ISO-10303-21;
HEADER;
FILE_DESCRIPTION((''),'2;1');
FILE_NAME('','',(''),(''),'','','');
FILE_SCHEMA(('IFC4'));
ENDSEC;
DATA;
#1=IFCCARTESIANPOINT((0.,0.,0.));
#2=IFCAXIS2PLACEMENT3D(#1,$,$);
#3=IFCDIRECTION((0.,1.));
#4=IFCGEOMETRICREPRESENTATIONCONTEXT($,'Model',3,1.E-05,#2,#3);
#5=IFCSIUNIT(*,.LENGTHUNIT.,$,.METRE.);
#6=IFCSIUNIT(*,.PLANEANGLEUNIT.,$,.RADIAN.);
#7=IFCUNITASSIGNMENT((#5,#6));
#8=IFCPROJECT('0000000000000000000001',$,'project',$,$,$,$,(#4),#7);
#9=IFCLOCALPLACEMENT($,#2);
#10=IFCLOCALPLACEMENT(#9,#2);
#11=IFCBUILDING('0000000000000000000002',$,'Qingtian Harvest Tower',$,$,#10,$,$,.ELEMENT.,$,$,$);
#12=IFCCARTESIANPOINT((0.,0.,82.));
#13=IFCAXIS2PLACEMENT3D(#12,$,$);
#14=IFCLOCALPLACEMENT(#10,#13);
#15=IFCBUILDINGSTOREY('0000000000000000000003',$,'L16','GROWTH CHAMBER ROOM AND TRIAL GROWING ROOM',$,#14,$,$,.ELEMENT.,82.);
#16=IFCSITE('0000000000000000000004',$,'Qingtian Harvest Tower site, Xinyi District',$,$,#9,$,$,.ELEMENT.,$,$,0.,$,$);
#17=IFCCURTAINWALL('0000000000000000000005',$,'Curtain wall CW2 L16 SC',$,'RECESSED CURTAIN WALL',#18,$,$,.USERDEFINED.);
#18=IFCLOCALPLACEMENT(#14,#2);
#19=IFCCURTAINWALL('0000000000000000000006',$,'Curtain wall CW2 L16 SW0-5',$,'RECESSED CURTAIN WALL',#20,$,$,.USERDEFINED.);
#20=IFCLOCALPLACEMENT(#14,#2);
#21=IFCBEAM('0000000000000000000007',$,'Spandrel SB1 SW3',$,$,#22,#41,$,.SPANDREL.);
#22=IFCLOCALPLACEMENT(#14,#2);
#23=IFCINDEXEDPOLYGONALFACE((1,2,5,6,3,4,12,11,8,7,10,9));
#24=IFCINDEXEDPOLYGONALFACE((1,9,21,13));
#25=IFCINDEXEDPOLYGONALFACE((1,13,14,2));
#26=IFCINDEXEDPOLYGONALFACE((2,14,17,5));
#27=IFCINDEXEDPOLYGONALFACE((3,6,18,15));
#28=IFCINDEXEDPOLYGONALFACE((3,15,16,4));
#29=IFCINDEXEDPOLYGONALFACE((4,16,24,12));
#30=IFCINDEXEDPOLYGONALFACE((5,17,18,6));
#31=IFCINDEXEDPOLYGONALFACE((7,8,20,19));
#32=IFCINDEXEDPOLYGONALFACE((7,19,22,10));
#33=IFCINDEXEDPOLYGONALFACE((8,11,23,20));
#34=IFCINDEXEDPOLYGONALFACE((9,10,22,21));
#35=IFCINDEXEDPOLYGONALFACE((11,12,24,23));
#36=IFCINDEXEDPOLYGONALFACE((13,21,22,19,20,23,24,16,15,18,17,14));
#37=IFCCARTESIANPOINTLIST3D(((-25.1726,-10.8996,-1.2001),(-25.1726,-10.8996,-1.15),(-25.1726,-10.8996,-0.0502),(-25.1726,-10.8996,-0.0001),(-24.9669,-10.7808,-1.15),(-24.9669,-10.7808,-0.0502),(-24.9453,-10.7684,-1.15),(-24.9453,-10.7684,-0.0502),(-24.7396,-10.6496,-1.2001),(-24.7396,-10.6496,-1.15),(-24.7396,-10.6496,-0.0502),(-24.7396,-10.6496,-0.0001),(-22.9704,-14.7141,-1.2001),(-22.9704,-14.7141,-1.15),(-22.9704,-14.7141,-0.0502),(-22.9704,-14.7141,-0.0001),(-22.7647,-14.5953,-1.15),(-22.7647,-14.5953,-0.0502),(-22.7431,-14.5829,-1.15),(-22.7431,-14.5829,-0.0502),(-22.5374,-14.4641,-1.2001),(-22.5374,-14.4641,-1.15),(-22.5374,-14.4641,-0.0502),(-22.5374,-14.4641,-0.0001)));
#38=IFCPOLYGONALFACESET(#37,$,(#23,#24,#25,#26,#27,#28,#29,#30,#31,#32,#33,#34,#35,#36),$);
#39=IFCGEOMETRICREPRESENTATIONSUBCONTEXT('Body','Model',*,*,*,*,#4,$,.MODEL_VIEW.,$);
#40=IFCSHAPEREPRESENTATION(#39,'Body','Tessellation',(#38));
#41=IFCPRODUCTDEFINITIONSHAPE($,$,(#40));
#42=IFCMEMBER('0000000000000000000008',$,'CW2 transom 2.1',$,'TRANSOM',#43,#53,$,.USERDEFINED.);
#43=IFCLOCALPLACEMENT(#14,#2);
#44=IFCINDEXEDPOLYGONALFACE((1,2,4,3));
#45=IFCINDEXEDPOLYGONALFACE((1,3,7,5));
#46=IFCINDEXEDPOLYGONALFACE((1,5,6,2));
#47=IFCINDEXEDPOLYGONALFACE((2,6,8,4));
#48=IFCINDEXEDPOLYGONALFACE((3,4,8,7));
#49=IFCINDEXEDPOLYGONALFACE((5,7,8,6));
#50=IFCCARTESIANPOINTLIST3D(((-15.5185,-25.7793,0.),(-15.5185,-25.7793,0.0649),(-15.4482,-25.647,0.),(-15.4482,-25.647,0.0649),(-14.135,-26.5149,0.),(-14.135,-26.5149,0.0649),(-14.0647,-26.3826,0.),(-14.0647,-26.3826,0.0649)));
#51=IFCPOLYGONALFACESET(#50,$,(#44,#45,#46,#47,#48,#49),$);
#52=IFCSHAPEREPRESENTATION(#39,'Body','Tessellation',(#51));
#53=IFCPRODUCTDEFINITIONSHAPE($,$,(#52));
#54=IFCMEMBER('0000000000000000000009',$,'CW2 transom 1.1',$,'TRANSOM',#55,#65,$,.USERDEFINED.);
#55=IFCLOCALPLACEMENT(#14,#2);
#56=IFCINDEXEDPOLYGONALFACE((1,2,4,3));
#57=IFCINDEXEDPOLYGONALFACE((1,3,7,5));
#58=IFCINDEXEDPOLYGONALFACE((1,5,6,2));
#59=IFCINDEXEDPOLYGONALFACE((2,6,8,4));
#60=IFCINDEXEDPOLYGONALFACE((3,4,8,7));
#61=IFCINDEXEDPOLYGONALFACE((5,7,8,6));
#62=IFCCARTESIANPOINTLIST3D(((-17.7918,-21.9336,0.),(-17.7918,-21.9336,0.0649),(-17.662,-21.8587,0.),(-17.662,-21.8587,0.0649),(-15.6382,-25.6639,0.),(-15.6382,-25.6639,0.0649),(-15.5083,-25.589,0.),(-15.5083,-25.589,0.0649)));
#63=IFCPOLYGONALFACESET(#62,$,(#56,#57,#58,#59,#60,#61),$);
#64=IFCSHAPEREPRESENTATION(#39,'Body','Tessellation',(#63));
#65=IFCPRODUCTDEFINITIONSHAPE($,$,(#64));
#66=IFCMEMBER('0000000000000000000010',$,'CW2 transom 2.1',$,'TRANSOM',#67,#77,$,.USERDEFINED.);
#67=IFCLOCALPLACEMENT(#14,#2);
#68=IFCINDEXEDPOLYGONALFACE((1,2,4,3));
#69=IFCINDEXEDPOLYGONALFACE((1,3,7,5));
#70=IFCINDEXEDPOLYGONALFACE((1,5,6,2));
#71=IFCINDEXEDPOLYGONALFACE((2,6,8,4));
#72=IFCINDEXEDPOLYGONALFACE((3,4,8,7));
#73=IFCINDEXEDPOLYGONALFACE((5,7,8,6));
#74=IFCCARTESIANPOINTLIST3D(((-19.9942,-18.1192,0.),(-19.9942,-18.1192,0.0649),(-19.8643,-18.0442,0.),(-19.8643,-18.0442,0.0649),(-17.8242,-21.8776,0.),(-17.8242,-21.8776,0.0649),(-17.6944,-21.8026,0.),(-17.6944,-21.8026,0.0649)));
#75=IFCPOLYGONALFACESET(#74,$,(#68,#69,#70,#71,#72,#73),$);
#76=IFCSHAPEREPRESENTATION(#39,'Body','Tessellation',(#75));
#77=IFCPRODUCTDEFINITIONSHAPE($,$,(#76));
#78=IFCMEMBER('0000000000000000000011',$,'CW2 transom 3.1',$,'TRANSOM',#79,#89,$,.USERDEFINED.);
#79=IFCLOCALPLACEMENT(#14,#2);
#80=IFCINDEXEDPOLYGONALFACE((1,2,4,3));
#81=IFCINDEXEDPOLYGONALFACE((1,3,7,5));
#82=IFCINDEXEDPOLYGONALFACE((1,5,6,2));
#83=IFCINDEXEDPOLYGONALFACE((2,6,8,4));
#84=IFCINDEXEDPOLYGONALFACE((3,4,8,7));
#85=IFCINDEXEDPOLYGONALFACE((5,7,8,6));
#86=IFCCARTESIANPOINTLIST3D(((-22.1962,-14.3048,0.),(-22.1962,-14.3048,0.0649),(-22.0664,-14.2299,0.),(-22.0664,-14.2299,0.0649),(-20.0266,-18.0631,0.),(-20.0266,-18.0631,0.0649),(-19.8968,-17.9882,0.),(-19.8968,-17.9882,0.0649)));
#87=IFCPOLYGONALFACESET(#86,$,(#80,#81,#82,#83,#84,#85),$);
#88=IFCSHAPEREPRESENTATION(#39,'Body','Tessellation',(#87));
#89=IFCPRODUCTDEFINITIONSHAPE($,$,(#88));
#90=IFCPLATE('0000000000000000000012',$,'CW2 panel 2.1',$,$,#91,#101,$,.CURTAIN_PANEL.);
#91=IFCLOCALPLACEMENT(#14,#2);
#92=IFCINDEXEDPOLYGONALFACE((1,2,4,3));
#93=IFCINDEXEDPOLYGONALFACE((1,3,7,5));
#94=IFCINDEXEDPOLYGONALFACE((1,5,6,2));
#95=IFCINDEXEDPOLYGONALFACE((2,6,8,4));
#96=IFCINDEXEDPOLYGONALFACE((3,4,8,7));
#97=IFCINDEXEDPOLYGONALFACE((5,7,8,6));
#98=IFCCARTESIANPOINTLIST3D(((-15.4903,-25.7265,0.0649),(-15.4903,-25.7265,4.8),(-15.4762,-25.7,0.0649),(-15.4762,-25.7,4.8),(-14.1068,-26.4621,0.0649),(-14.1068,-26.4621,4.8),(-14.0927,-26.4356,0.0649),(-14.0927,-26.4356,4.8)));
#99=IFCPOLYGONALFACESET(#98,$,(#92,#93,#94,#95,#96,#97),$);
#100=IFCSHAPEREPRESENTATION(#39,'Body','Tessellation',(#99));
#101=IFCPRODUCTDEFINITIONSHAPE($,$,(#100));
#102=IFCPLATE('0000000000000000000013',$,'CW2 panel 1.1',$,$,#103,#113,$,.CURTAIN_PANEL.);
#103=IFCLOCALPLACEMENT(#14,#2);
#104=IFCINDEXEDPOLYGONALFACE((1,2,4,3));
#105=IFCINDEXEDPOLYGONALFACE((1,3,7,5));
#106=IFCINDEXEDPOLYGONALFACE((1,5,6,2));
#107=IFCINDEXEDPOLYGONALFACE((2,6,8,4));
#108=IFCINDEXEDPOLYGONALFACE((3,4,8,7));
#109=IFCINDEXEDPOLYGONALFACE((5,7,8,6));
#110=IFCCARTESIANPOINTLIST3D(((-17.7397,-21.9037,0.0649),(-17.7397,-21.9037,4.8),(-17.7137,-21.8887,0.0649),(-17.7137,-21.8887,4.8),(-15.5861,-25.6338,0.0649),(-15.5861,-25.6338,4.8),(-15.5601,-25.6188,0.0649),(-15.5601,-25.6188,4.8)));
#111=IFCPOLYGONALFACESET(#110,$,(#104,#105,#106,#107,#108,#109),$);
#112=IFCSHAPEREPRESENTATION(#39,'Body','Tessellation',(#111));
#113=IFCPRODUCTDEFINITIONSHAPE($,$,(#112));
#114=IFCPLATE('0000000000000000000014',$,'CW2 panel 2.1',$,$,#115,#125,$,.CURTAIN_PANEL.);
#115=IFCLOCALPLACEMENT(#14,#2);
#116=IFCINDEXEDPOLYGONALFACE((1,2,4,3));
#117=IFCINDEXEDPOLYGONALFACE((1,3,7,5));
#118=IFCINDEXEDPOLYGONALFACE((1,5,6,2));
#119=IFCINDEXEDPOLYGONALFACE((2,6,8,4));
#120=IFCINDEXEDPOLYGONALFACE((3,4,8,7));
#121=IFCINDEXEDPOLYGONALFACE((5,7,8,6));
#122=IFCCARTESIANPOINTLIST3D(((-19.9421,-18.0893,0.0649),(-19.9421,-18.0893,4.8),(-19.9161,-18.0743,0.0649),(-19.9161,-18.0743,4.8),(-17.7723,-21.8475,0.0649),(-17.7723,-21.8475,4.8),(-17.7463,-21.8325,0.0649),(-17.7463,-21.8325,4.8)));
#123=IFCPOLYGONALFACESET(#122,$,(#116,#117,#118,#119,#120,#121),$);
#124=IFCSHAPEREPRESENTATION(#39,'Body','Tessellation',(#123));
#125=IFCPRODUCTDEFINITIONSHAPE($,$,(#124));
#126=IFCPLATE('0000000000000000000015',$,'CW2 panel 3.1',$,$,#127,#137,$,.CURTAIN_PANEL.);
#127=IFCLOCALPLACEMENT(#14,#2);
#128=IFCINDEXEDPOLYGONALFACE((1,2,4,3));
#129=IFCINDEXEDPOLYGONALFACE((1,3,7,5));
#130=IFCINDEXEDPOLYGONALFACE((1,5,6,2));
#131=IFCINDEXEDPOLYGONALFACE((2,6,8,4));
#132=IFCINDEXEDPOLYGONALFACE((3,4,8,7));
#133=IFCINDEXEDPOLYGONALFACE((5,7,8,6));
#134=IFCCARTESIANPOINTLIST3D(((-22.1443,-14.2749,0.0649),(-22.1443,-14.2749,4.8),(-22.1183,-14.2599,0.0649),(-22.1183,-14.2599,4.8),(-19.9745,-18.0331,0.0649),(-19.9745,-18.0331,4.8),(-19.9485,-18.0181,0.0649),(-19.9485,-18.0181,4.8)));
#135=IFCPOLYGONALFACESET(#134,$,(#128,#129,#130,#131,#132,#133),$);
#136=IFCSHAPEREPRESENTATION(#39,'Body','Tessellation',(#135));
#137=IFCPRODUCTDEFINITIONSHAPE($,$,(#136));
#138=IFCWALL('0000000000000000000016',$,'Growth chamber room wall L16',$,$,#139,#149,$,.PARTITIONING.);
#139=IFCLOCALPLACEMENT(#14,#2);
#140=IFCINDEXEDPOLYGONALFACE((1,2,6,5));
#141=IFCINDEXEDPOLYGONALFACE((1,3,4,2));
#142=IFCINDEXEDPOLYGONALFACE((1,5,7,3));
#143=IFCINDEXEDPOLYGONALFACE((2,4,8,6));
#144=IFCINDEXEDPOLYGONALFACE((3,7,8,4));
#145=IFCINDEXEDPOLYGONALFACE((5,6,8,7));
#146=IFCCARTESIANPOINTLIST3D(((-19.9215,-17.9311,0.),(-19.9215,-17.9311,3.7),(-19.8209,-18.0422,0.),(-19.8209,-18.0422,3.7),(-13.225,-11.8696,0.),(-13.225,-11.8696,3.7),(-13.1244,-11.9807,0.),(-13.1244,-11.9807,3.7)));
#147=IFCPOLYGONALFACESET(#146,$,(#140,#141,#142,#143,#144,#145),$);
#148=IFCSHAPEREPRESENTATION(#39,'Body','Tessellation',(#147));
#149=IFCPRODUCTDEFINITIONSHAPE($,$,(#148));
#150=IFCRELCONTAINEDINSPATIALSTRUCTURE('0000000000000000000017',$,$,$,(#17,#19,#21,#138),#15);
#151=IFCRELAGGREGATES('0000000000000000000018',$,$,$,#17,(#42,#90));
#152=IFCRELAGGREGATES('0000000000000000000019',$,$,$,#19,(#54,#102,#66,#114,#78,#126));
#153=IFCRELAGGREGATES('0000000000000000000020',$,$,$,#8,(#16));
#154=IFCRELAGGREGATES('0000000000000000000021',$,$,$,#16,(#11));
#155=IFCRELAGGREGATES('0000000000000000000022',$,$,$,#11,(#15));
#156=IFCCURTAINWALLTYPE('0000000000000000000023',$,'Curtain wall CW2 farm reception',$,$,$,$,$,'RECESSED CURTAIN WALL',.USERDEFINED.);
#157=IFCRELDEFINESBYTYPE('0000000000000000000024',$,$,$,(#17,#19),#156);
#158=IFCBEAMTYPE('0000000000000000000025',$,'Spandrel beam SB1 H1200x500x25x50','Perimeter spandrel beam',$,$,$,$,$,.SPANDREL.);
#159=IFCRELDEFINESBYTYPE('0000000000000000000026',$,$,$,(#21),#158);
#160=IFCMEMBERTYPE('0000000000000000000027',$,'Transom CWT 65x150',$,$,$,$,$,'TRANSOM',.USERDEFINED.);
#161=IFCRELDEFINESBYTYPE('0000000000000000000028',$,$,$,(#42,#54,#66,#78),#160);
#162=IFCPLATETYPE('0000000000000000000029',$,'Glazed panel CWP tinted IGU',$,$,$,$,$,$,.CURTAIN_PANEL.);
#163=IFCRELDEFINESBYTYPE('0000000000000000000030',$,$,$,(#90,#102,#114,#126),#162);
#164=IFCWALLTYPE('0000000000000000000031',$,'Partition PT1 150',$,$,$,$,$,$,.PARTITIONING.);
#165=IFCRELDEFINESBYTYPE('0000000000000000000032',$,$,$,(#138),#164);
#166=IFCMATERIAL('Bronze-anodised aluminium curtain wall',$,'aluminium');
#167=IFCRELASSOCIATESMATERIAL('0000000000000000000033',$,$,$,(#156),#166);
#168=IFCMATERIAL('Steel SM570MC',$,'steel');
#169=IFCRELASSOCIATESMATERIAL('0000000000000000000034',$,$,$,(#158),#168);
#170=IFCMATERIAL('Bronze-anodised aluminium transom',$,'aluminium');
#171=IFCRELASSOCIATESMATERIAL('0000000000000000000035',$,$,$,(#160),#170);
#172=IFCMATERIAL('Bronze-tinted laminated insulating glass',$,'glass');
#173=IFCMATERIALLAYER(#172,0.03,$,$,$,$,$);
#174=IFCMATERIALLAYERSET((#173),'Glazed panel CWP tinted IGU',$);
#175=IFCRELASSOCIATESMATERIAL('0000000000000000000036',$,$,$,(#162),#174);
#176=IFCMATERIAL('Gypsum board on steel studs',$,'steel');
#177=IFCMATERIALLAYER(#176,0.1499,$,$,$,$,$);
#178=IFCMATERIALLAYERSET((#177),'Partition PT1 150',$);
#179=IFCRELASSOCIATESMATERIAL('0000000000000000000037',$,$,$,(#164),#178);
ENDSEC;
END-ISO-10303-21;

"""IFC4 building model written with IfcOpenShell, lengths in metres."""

from ifc_helpers import new_model, si_unit, direction, frame, frame_2d, origin, origin_2d, place, context, subcontext, project, spatial, rectangle, i_section, extrude, material, layer, layer_set, material_profile, profile_set, type_object, element, aggregate, save


model = new_model("IFC4")

# Units and contexts
model_context = context("Model", 3, precision=1e-05, world=origin(), true_north=direction((0.0, 1.0)))
body_context = subcontext(model_context, "Body", "Model", "MODEL_VIEW")
ifc_project = project(units=[si_unit("LENGTHUNIT", "METRE"), si_unit("PLANEANGLEUNIT", "RADIAN")], contexts=[model_context])

# Site, building, storey
site_placement = place(None, origin())
site = spatial("IfcSite", under=ifc_project, at=site_placement, Name="Qingtian Harvest Tower site, Xinyi District", CompositionType="ELEMENT", RefElevation=0.0)
building_placement = place(site_placement, origin())
building = spatial("IfcBuilding", under=site, at=building_placement, Name="Qingtian Harvest Tower", CompositionType="ELEMENT")
storey_placement = place(building_placement, frame((0.0, 0.0, 82.0)))
storey = spatial("IfcBuildingStorey", under=building, at=storey_placement, Name="L16", Description="GROWTH CHAMBER ROOM AND TRIAL GROWING ROOM", CompositionType="ELEMENT", Elevation=82.0)

# Curtain wall
ifc_material_1 = material(Name="Bronze-anodised aluminium curtain wall", Category="aluminium")
curtain_wall_type = type_object("IfcCurtainWallType", Name="Curtain wall CW2 farm reception", ElementType="RECESSED CURTAIN WALL", PredefinedType="USERDEFINED", material=ifc_material_1)
curtain_wall_1_placement = place(storey_placement, origin())
curtain_wall_1 = element("IfcCurtainWall", 1, at=curtain_wall_1_placement, inside=storey, type_object=curtain_wall_type, Name="Curtain wall CW2 L16 SC", ObjectType="RECESSED CURTAIN WALL", PredefinedType="USERDEFINED")

# Curtain wall
curtain_wall_2_placement = place(storey_placement, origin())
curtain_wall_2 = element("IfcCurtainWall", 2, at=curtain_wall_2_placement, inside=storey, type_object=curtain_wall_type, Name="Curtain wall CW2 L16 SW0-5", ObjectType="RECESSED CURTAIN WALL", PredefinedType="USERDEFINED")

# Beam
ifc_material_2 = material(Name="Steel SM570MC", Category="steel")
ifc_material_profile_1 = material_profile(ifc_material_2, i_section(OverallWidth=0.5, OverallDepth=1.2, WebThickness=0.0249, FlangeThickness=0.05, at=origin_2d()), Name="H1200x500x25x50")
ifc_profile_set_1 = profile_set([ifc_material_profile_1], Name="Steel SM570MC")
beam_type_1 = type_object("IfcBeamType", Name="Spandrel beam SB1 H1200x500x25x50", Description="Perimeter spandrel beam", PredefinedType="SPANDREL", material=ifc_profile_set_1)
for number, where, z_axis, x_axis, name in (
    (3, (-22.7539, -14.5891, -0.6001), (-0.499978, 0.866038, 0.0), (-0.866038, -0.499978, 0.0), "Spandrel SB1 SW3"),
):
    element("IfcBeam", number, at=place(storey_placement, frame(where, z_axis=z_axis, x_axis=x_axis)), inside=storey, type_object=beam_type_1, Name=name, PredefinedType="SPANDREL", context=body_context, shape_type="SweptSolid", body=[
        extrude(i_section(OverallWidth=0.5, OverallDepth=1.2, WebThickness=0.0249, FlangeThickness=0.05, at=origin_2d()), origin(), (0.0, 0.0, 1.0), 4.4045),
    ])

# Members
ifc_material_3 = material(Name="Bronze-anodised aluminium transom", Category="aluminium")
ifc_material_profile_2 = material_profile(ifc_material_3, rectangle(XDim=0.1499, YDim=0.0649, at=origin_2d()), Name="AL 65x150")
ifc_profile_set_2 = profile_set([ifc_material_profile_2], Name="Bronze-anodised aluminium transom")
member_type_1 = type_object("IfcMemberType", Name="Transom CWT 65x150", ElementType="TRANSOM", PredefinedType="USERDEFINED", material=ifc_profile_set_2)
member_1_placement = place(storey_placement, frame((-14.0999, -26.4487, 0.0325), z_axis=(-0.88296, 0.469448, 0.0), x_axis=(-0.469448, -0.88296, 0.0)))
member_1 = element("IfcMember", 4, at=member_1_placement, type_object=member_type_1, Name="CW2 transom 2.1", ObjectType="TRANSOM", PredefinedType="USERDEFINED", context=body_context, shape_type="SweptSolid", body=[
    extrude(rectangle(XDim=0.1499, YDim=0.0649, at=origin_2d()), origin(), (0.0, 0.0, 1.0), 1.5669),
])
member_2_placement = place(storey_placement, frame((-15.5732, -25.6265, 0.0325), z_axis=(-0.499986, 0.866034, 0.0), x_axis=(-0.866034, -0.499986, 0.0)))
member_2 = element("IfcMember", 5, at=member_2_placement, type_object=member_type_1, Name="CW2 transom 1.1", ObjectType="TRANSOM", PredefinedType="USERDEFINED", context=body_context, shape_type="SweptSolid", body=[
    extrude(rectangle(XDim=0.1499, YDim=0.0649, at=origin_2d()), origin(), (0.0, 0.0, 1.0), 4.3074),
])
member_3_placement = place(storey_placement, frame((-17.7593, -21.8401, 0.0325), z_axis=(-0.500011, 0.866019, 0.0), x_axis=(-0.866019, -0.500011, 0.0)))
member_3 = element("IfcMember", 6, at=member_3_placement, type_object=member_type_1, Name="CW2 transom 2.1", ObjectType="TRANSOM", PredefinedType="USERDEFINED", context=body_context, shape_type="SweptSolid", body=[
    extrude(rectangle(XDim=0.1499, YDim=0.0649, at=origin_2d()), origin(), (0.0, 0.0, 1.0), 4.3398),
])
member_4_placement = place(storey_placement, frame((-19.9617, -18.0256, 0.0325), z_axis=(-0.499969, 0.866043, 0.0), x_axis=(-0.866043, -0.499969, 0.0)))
member_4 = element("IfcMember", 7, at=member_4_placement, type_object=member_type_1, Name="CW2 transom 3.1", ObjectType="TRANSOM", PredefinedType="USERDEFINED", context=body_context, shape_type="SweptSolid", body=[
    extrude(rectangle(XDim=0.1499, YDim=0.0649, at=origin_2d()), origin(), (0.0, 0.0, 1.0), 4.3396),
])

# Plates
ifc_material_4 = material(Name="Bronze-tinted laminated insulating glass", Category="glass")
ifc_layer_1 = layer(ifc_material_4, 0.03)
ifc_layer_set_1 = layer_set([ifc_layer_1], Name="Glazed panel CWP tinted IGU")
plate_type = type_object("IfcPlateType", Name="Glazed panel CWP tinted IGU", PredefinedType="CURTAIN_PANEL", material=ifc_layer_set_1)
plate_1_placement = place(storey_placement, frame((-14.7915, -26.0811, 0.0649), z_axis=(0.0, 0.0, 1.0), x_axis=(-0.882948, 0.469472, 0.0)))
plate_1 = element("IfcPlate", 8, at=plate_1_placement, type_object=plate_type, Name="CW2 panel 2.1", PredefinedType="CURTAIN_PANEL", context=body_context, shape_type="SweptSolid", body=[
    extrude(rectangle(XDim=1.5669, YDim=0.03, at=origin_2d()), origin(), (0.0, 0.0, 1.0), 4.7351),
])
aggregate(curtain_wall_1, [member_1, plate_1])
plate_2_placement = place(storey_placement, frame((-16.6499, -23.7612, 0.0649), z_axis=(0.0, 0.0, 1.0), x_axis=(-0.5, 0.866025, 0.0)))
plate_2 = element("IfcPlate", 9, at=plate_2_placement, type_object=plate_type, Name="CW2 panel 1.1", PredefinedType="CURTAIN_PANEL", context=body_context, shape_type="SweptSolid", body=[
    extrude(rectangle(XDim=4.3071, YDim=0.03, at=origin_2d()), origin(), (0.0, 0.0, 1.0), 4.7351),
])
plate_3_placement = place(storey_placement, frame((-18.8442, -19.9609, 0.0649), z_axis=(0.0, 0.0, 1.0), x_axis=(-0.5, 0.866025, 0.0)))
plate_3 = element("IfcPlate", 10, at=plate_3_placement, type_object=plate_type, Name="CW2 panel 2.1", PredefinedType="CURTAIN_PANEL", context=body_context, shape_type="SweptSolid", body=[
    extrude(rectangle(XDim=4.3396, YDim=0.03, at=origin_2d()), origin(), (0.0, 0.0, 1.0), 4.7351),
])
plate_4_placement = place(storey_placement, frame((-21.0464, -16.1465, 0.0649), z_axis=(0.0, 0.0, 1.0), x_axis=(-0.5, 0.866025, 0.0)))
plate_4 = element("IfcPlate", 11, at=plate_4_placement, type_object=plate_type, Name="CW2 panel 3.1", PredefinedType="CURTAIN_PANEL", context=body_context, shape_type="SweptSolid", body=[
    extrude(rectangle(XDim=4.3396, YDim=0.03, at=origin_2d()), origin(), (0.0, 0.0, 1.0), 4.7351),
])
aggregate(curtain_wall_2, [member_2, plate_2, member_3, plate_3, member_4, plate_4])

# Wall
ifc_material_5 = material(Name="Gypsum board on steel studs", Category="steel")
ifc_layer_2 = layer(ifc_material_5, 0.1499)
ifc_layer_set_2 = layer_set([ifc_layer_2], Name="Partition PT1 150")
wall_type = type_object("IfcWallType", Name="Partition PT1 150", PredefinedType="PARTITIONING", material=ifc_layer_set_2)
wall_placement = place(storey_placement, frame((-19.8711, -17.9866, 0.0), z_axis=(0.0, 0.0, 1.0), x_axis=(0.741384, 0.671081, 0.0)))
element("IfcWall", 12, at=wall_placement, inside=storey, type_object=wall_type, Name="Growth chamber room wall L16", PredefinedType="PARTITIONING", context=body_context, shape_type="SweptSolid", body=[
    extrude(rectangle(XDim=9.0325, YDim=0.1499, at=frame_2d((4.5161, 0.0))), origin(), (0.0, 0.0, 1.0), 3.7),
])

save(model, "model.ifc")
